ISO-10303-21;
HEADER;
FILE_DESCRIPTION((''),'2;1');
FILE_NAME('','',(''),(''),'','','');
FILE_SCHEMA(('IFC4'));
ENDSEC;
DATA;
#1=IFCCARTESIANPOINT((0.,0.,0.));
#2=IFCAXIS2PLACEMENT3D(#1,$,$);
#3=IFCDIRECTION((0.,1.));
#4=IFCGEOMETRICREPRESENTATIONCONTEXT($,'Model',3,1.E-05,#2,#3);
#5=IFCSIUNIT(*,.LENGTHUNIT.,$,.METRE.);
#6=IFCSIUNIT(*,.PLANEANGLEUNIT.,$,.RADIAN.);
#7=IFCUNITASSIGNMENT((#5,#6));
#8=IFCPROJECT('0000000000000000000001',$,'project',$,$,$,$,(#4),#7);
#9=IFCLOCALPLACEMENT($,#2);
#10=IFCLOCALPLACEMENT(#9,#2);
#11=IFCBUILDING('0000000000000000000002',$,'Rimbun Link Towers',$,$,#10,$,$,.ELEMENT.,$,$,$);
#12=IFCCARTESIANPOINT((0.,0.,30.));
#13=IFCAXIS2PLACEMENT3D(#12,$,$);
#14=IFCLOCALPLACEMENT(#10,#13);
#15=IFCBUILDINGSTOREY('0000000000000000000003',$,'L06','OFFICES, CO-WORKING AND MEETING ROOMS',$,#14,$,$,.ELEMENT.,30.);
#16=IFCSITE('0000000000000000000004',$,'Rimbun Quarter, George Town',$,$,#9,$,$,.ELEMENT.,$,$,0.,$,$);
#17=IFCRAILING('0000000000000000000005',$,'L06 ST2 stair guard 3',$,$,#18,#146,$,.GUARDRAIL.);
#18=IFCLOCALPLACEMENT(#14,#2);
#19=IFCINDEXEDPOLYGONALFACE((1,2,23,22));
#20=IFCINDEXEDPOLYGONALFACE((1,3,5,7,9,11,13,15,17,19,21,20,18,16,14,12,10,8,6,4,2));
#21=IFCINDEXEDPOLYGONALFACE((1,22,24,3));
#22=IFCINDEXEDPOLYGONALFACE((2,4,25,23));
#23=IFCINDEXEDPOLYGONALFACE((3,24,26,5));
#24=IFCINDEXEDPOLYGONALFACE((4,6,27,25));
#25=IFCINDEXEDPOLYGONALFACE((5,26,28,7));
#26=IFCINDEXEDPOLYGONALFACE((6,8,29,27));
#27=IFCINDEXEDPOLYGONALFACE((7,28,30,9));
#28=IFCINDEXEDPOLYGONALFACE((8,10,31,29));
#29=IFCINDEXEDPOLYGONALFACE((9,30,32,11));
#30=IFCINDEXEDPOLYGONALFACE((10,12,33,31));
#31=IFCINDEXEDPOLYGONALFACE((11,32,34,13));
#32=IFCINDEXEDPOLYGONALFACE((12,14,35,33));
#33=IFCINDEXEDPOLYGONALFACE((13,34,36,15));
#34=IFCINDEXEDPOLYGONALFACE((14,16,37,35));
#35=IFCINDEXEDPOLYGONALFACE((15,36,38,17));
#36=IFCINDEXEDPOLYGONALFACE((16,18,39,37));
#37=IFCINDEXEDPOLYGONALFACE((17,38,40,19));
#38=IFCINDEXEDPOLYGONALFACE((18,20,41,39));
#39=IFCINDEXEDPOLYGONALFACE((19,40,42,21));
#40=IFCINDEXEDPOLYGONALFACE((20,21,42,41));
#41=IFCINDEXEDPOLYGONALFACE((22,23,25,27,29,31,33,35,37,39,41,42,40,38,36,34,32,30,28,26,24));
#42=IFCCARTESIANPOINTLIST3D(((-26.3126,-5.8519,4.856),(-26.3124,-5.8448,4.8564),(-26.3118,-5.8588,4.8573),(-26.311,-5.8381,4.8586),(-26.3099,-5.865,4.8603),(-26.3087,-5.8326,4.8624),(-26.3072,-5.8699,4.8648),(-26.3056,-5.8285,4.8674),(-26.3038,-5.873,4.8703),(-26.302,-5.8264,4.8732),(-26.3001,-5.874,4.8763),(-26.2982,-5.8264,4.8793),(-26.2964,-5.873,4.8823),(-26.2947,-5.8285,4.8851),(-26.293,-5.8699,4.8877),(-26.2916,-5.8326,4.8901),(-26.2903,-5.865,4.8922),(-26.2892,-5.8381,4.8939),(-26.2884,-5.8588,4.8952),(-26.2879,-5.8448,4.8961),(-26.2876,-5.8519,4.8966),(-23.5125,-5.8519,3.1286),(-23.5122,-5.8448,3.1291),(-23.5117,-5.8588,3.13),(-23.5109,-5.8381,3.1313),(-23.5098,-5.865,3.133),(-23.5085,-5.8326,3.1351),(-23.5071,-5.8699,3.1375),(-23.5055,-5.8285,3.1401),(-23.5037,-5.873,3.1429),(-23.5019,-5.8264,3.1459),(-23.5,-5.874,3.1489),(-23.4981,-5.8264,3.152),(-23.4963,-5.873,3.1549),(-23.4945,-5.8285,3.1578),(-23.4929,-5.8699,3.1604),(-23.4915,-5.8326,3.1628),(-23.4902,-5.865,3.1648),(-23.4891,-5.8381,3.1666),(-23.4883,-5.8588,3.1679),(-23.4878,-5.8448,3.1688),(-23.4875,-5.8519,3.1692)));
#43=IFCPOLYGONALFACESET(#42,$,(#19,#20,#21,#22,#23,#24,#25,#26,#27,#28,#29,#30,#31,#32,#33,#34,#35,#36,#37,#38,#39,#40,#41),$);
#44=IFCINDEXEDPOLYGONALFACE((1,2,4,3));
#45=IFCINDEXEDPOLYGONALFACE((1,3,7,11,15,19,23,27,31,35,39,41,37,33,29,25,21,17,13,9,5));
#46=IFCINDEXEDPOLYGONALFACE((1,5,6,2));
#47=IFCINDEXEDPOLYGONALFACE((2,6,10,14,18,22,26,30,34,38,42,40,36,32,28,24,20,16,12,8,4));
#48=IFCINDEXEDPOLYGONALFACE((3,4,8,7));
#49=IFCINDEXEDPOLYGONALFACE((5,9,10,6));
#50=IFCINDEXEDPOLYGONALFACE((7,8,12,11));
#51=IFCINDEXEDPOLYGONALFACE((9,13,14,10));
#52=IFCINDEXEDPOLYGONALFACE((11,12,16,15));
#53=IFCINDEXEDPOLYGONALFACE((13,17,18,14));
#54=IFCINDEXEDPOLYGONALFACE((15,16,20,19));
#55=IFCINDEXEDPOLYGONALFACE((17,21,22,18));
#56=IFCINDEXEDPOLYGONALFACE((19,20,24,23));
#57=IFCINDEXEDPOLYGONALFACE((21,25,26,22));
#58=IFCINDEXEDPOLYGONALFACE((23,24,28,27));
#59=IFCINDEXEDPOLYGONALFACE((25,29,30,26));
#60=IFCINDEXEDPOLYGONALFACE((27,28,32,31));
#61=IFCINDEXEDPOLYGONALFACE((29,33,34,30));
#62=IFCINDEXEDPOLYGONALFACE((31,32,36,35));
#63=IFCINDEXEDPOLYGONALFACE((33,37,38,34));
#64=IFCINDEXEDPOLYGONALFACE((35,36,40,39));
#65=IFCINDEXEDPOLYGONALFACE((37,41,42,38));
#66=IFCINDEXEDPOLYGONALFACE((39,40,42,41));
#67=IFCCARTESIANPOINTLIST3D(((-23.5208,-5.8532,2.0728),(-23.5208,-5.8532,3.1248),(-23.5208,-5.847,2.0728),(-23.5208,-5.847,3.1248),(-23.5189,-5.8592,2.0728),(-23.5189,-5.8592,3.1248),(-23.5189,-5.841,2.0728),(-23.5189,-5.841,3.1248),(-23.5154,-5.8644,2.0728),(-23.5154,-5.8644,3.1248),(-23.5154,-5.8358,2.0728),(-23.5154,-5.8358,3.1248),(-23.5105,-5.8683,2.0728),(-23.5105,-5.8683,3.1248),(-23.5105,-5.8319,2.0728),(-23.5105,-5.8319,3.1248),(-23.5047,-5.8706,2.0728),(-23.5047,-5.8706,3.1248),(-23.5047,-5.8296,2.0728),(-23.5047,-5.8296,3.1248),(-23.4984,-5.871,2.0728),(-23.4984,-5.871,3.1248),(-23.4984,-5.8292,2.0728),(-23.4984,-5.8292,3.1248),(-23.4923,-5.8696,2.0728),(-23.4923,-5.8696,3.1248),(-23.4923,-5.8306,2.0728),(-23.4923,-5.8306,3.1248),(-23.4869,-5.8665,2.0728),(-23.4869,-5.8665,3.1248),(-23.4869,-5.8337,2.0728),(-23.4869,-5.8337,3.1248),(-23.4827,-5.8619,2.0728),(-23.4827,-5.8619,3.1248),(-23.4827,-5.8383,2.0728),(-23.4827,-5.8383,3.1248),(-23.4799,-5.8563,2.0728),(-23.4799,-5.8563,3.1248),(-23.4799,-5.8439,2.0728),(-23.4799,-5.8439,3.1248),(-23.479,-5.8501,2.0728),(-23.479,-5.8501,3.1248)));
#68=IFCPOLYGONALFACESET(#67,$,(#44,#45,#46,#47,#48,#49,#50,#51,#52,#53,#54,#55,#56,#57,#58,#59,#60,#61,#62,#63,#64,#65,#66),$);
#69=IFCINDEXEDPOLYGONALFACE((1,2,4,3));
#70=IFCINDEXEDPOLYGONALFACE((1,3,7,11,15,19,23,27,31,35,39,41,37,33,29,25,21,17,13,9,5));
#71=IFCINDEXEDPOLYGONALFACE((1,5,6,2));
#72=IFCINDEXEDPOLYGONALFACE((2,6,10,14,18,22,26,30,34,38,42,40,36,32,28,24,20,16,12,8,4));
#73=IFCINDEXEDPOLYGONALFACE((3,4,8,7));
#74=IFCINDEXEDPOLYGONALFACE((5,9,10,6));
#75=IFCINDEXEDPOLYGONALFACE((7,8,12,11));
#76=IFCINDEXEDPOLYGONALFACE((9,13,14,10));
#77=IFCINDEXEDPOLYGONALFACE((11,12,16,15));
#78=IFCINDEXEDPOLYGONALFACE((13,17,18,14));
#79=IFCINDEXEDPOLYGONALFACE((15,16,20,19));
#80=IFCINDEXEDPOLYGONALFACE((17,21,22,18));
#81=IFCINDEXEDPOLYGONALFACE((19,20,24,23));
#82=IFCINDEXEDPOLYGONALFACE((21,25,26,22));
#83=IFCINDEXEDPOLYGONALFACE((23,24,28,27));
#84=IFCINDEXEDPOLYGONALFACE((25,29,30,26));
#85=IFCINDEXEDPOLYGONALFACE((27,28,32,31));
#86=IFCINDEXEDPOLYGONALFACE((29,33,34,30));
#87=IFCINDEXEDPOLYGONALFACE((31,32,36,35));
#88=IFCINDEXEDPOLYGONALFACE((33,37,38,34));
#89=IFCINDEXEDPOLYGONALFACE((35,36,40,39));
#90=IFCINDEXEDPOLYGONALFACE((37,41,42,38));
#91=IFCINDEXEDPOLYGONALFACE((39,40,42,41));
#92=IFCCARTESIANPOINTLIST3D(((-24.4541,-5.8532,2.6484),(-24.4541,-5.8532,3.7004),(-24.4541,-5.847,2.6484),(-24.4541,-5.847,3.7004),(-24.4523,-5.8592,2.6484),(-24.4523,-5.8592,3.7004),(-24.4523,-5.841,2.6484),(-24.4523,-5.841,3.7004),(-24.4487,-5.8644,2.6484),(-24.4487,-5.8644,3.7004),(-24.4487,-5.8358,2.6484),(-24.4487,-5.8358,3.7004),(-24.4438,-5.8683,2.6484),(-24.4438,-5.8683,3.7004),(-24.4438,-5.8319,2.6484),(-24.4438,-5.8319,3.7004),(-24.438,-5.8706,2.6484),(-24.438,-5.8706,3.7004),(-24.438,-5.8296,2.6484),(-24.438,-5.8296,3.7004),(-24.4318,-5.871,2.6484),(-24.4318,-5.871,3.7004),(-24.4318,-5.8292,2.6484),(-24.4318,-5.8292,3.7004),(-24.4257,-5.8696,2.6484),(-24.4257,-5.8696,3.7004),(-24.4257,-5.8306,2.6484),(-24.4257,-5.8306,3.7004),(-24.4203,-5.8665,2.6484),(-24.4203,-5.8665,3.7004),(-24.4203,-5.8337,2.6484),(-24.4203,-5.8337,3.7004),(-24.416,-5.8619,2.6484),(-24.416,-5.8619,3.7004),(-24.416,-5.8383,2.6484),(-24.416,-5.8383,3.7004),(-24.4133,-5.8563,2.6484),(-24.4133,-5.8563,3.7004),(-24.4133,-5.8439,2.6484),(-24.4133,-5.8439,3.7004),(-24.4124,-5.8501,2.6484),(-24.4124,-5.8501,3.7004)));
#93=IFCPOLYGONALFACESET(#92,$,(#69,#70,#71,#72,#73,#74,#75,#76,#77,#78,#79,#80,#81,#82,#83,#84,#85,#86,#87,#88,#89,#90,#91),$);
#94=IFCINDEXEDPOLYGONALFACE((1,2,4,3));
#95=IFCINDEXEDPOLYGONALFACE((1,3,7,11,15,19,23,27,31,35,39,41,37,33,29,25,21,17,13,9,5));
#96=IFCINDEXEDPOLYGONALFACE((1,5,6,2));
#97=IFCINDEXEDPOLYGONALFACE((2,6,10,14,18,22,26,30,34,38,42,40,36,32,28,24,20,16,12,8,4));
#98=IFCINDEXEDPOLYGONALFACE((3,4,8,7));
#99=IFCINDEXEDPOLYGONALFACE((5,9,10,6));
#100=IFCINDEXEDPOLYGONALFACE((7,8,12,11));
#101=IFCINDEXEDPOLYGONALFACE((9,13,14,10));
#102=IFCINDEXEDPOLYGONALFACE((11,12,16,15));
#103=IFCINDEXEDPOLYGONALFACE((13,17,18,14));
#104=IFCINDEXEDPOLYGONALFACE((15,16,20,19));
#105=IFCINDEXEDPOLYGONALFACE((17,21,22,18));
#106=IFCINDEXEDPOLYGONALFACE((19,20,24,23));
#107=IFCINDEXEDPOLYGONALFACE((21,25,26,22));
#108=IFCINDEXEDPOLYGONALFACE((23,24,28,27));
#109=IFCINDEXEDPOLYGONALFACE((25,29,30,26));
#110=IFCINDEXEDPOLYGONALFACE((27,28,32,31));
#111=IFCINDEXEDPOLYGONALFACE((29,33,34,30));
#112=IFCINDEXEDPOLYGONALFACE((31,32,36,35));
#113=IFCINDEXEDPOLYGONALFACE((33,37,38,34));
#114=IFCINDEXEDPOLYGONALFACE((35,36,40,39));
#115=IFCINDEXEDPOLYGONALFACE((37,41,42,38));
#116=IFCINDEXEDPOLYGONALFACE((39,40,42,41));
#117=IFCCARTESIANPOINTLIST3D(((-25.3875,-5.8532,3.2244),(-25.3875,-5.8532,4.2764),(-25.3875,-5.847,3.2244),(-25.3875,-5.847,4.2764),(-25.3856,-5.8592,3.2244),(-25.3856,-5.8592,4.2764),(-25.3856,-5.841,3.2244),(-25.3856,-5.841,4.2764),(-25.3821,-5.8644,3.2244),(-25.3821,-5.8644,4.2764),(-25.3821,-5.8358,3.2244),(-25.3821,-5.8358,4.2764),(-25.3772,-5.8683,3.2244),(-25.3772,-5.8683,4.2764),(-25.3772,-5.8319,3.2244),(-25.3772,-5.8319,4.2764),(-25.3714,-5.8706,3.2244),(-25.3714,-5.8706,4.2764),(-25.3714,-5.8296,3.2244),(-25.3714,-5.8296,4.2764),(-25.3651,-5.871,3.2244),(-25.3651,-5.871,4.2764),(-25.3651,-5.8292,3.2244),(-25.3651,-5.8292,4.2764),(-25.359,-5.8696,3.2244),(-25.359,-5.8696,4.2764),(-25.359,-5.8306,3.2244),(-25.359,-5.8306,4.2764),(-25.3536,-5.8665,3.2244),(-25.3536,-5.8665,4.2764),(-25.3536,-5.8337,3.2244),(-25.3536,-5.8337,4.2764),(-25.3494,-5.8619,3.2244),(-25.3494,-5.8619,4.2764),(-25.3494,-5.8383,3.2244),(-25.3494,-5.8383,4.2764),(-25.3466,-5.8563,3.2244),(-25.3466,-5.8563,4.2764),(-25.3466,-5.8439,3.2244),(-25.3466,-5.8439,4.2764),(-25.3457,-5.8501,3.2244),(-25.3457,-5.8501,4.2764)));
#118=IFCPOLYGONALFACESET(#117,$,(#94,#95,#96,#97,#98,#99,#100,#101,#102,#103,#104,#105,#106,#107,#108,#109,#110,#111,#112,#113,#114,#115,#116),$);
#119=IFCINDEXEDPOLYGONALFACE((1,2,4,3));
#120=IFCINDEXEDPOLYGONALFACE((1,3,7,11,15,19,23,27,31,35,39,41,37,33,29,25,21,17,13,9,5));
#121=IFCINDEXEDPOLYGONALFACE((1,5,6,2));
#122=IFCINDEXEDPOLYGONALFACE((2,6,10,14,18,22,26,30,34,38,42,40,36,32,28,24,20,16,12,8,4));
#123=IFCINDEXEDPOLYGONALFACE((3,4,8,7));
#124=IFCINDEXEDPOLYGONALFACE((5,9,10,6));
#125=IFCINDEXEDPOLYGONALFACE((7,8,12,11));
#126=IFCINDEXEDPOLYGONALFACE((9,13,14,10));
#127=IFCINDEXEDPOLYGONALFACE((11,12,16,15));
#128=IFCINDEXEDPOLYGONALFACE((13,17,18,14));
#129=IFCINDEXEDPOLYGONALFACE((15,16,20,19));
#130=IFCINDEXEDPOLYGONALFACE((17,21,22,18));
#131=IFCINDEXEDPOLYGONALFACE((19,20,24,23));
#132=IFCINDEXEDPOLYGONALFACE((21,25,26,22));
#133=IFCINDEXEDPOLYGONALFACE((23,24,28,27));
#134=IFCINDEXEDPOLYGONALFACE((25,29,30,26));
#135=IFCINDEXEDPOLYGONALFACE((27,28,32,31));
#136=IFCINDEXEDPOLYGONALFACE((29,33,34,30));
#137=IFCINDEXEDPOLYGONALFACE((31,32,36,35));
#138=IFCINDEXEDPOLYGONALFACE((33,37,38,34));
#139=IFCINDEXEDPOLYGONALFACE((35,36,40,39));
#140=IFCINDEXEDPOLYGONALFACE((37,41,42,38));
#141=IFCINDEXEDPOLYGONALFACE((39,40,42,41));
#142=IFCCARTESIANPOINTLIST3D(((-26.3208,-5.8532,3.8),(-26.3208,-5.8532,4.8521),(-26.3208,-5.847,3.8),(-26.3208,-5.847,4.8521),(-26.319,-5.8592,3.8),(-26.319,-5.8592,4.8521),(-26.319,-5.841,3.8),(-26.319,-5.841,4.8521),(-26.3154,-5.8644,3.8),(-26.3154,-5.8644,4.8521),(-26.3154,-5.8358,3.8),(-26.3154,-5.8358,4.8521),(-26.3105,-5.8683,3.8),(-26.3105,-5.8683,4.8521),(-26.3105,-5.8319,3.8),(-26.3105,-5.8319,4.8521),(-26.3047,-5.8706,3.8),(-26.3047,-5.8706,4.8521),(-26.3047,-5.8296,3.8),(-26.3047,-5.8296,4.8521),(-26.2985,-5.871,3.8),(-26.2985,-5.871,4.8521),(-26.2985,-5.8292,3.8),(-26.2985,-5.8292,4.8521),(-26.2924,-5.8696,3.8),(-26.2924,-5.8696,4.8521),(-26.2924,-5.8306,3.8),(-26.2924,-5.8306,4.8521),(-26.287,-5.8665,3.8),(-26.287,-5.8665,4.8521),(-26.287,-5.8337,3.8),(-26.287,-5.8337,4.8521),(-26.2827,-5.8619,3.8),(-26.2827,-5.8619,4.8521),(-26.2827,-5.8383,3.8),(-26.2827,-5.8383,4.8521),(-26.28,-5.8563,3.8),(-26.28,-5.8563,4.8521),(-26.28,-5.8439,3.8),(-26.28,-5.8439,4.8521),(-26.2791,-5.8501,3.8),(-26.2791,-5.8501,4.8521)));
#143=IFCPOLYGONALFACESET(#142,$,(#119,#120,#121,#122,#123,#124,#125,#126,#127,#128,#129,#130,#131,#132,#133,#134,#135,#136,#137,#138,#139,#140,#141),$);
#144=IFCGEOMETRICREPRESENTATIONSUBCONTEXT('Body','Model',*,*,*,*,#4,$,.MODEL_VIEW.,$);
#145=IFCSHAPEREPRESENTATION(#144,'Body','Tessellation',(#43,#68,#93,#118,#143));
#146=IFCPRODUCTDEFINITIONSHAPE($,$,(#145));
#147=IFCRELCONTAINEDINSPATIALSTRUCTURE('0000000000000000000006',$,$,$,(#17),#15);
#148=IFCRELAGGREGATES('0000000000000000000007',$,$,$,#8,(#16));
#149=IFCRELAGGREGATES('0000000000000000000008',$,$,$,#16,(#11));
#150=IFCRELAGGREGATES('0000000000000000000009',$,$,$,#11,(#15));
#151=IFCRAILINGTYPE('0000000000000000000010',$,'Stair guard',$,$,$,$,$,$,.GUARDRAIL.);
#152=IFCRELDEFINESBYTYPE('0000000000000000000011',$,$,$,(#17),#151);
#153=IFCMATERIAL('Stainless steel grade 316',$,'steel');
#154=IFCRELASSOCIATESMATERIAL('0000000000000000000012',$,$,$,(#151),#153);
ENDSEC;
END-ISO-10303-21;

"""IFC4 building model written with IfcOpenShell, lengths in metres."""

from ifc_helpers import new_model, si_unit, direction, frame, origin, origin_2d, place, context, subcontext, project, spatial, circle, extrude, material, type_object, element, save


model = new_model("IFC4")

# Units and contexts
model_context = context("Model", 3, precision=1e-05, world=origin(), true_north=direction((0.0, 1.0)))
body_context = subcontext(model_context, "Body", "Model", "MODEL_VIEW")
ifc_project = project(units=[si_unit("LENGTHUNIT", "METRE"), si_unit("PLANEANGLEUNIT", "RADIAN")], contexts=[model_context])

# Site, building, storey
site_placement = place(None, origin())
site = spatial("IfcSite", under=ifc_project, at=site_placement, Name="Rimbun Quarter, George Town", CompositionType="ELEMENT", RefElevation=0.0)
building_placement = place(site_placement, origin())
building = spatial("IfcBuilding", under=site, at=building_placement, Name="Rimbun Link Towers", CompositionType="ELEMENT")
storey_placement = place(building_placement, frame((0.0, 0.0, 30.0)))
storey = spatial("IfcBuildingStorey", under=building, at=storey_placement, Name="L06", Description="OFFICES, CO-WORKING AND MEETING ROOMS", CompositionType="ELEMENT", Elevation=30.0)

# Railing
ifc_material_1 = material(Name="Stainless steel grade 316", Category="steel")
railing_type_1 = type_object("IfcRailingType", Name="Stair guard", PredefinedType="GUARDRAIL", material=ifc_material_1)
railing_1_placement = place(storey_placement, frame((-23.5, -5.8501, 2.0728)))
element("IfcRailing", 1, at=railing_1_placement, inside=storey, type_object=railing_type_1, Name="L06 ST2 stair guard 3", PredefinedType="GUARDRAIL", context=body_context, shape_type="SweptSolid", body=[
    extrude(circle(Radius=0.0239, at=origin_2d()), frame((0.0, 0.0, 1.0762), z_axis=(-0.85109, 0.0, 0.52502), x_axis=(0.0, -1.0, 0.0)), (0.0, 0.0, 1.0), 3.29),
    extrude(circle(Radius=0.021, at=origin_2d()), origin(), (0.0, 0.0, 1.0), 1.052),
    extrude(circle(Radius=0.021, at=origin_2d()), frame((-0.9333, 0.0, 0.5757)), (0.0, 0.0, 1.0), 1.052),
    extrude(circle(Radius=0.021, at=origin_2d()), frame((-1.8667, 0.0, 1.1516)), (0.0, 0.0, 1.0), 1.052),
    extrude(circle(Radius=0.021, at=origin_2d()), frame((-2.8, 0.0, 1.7273)), (0.0, 0.0, 1.0), 1.052),
])

save(model, "model.ifc")
